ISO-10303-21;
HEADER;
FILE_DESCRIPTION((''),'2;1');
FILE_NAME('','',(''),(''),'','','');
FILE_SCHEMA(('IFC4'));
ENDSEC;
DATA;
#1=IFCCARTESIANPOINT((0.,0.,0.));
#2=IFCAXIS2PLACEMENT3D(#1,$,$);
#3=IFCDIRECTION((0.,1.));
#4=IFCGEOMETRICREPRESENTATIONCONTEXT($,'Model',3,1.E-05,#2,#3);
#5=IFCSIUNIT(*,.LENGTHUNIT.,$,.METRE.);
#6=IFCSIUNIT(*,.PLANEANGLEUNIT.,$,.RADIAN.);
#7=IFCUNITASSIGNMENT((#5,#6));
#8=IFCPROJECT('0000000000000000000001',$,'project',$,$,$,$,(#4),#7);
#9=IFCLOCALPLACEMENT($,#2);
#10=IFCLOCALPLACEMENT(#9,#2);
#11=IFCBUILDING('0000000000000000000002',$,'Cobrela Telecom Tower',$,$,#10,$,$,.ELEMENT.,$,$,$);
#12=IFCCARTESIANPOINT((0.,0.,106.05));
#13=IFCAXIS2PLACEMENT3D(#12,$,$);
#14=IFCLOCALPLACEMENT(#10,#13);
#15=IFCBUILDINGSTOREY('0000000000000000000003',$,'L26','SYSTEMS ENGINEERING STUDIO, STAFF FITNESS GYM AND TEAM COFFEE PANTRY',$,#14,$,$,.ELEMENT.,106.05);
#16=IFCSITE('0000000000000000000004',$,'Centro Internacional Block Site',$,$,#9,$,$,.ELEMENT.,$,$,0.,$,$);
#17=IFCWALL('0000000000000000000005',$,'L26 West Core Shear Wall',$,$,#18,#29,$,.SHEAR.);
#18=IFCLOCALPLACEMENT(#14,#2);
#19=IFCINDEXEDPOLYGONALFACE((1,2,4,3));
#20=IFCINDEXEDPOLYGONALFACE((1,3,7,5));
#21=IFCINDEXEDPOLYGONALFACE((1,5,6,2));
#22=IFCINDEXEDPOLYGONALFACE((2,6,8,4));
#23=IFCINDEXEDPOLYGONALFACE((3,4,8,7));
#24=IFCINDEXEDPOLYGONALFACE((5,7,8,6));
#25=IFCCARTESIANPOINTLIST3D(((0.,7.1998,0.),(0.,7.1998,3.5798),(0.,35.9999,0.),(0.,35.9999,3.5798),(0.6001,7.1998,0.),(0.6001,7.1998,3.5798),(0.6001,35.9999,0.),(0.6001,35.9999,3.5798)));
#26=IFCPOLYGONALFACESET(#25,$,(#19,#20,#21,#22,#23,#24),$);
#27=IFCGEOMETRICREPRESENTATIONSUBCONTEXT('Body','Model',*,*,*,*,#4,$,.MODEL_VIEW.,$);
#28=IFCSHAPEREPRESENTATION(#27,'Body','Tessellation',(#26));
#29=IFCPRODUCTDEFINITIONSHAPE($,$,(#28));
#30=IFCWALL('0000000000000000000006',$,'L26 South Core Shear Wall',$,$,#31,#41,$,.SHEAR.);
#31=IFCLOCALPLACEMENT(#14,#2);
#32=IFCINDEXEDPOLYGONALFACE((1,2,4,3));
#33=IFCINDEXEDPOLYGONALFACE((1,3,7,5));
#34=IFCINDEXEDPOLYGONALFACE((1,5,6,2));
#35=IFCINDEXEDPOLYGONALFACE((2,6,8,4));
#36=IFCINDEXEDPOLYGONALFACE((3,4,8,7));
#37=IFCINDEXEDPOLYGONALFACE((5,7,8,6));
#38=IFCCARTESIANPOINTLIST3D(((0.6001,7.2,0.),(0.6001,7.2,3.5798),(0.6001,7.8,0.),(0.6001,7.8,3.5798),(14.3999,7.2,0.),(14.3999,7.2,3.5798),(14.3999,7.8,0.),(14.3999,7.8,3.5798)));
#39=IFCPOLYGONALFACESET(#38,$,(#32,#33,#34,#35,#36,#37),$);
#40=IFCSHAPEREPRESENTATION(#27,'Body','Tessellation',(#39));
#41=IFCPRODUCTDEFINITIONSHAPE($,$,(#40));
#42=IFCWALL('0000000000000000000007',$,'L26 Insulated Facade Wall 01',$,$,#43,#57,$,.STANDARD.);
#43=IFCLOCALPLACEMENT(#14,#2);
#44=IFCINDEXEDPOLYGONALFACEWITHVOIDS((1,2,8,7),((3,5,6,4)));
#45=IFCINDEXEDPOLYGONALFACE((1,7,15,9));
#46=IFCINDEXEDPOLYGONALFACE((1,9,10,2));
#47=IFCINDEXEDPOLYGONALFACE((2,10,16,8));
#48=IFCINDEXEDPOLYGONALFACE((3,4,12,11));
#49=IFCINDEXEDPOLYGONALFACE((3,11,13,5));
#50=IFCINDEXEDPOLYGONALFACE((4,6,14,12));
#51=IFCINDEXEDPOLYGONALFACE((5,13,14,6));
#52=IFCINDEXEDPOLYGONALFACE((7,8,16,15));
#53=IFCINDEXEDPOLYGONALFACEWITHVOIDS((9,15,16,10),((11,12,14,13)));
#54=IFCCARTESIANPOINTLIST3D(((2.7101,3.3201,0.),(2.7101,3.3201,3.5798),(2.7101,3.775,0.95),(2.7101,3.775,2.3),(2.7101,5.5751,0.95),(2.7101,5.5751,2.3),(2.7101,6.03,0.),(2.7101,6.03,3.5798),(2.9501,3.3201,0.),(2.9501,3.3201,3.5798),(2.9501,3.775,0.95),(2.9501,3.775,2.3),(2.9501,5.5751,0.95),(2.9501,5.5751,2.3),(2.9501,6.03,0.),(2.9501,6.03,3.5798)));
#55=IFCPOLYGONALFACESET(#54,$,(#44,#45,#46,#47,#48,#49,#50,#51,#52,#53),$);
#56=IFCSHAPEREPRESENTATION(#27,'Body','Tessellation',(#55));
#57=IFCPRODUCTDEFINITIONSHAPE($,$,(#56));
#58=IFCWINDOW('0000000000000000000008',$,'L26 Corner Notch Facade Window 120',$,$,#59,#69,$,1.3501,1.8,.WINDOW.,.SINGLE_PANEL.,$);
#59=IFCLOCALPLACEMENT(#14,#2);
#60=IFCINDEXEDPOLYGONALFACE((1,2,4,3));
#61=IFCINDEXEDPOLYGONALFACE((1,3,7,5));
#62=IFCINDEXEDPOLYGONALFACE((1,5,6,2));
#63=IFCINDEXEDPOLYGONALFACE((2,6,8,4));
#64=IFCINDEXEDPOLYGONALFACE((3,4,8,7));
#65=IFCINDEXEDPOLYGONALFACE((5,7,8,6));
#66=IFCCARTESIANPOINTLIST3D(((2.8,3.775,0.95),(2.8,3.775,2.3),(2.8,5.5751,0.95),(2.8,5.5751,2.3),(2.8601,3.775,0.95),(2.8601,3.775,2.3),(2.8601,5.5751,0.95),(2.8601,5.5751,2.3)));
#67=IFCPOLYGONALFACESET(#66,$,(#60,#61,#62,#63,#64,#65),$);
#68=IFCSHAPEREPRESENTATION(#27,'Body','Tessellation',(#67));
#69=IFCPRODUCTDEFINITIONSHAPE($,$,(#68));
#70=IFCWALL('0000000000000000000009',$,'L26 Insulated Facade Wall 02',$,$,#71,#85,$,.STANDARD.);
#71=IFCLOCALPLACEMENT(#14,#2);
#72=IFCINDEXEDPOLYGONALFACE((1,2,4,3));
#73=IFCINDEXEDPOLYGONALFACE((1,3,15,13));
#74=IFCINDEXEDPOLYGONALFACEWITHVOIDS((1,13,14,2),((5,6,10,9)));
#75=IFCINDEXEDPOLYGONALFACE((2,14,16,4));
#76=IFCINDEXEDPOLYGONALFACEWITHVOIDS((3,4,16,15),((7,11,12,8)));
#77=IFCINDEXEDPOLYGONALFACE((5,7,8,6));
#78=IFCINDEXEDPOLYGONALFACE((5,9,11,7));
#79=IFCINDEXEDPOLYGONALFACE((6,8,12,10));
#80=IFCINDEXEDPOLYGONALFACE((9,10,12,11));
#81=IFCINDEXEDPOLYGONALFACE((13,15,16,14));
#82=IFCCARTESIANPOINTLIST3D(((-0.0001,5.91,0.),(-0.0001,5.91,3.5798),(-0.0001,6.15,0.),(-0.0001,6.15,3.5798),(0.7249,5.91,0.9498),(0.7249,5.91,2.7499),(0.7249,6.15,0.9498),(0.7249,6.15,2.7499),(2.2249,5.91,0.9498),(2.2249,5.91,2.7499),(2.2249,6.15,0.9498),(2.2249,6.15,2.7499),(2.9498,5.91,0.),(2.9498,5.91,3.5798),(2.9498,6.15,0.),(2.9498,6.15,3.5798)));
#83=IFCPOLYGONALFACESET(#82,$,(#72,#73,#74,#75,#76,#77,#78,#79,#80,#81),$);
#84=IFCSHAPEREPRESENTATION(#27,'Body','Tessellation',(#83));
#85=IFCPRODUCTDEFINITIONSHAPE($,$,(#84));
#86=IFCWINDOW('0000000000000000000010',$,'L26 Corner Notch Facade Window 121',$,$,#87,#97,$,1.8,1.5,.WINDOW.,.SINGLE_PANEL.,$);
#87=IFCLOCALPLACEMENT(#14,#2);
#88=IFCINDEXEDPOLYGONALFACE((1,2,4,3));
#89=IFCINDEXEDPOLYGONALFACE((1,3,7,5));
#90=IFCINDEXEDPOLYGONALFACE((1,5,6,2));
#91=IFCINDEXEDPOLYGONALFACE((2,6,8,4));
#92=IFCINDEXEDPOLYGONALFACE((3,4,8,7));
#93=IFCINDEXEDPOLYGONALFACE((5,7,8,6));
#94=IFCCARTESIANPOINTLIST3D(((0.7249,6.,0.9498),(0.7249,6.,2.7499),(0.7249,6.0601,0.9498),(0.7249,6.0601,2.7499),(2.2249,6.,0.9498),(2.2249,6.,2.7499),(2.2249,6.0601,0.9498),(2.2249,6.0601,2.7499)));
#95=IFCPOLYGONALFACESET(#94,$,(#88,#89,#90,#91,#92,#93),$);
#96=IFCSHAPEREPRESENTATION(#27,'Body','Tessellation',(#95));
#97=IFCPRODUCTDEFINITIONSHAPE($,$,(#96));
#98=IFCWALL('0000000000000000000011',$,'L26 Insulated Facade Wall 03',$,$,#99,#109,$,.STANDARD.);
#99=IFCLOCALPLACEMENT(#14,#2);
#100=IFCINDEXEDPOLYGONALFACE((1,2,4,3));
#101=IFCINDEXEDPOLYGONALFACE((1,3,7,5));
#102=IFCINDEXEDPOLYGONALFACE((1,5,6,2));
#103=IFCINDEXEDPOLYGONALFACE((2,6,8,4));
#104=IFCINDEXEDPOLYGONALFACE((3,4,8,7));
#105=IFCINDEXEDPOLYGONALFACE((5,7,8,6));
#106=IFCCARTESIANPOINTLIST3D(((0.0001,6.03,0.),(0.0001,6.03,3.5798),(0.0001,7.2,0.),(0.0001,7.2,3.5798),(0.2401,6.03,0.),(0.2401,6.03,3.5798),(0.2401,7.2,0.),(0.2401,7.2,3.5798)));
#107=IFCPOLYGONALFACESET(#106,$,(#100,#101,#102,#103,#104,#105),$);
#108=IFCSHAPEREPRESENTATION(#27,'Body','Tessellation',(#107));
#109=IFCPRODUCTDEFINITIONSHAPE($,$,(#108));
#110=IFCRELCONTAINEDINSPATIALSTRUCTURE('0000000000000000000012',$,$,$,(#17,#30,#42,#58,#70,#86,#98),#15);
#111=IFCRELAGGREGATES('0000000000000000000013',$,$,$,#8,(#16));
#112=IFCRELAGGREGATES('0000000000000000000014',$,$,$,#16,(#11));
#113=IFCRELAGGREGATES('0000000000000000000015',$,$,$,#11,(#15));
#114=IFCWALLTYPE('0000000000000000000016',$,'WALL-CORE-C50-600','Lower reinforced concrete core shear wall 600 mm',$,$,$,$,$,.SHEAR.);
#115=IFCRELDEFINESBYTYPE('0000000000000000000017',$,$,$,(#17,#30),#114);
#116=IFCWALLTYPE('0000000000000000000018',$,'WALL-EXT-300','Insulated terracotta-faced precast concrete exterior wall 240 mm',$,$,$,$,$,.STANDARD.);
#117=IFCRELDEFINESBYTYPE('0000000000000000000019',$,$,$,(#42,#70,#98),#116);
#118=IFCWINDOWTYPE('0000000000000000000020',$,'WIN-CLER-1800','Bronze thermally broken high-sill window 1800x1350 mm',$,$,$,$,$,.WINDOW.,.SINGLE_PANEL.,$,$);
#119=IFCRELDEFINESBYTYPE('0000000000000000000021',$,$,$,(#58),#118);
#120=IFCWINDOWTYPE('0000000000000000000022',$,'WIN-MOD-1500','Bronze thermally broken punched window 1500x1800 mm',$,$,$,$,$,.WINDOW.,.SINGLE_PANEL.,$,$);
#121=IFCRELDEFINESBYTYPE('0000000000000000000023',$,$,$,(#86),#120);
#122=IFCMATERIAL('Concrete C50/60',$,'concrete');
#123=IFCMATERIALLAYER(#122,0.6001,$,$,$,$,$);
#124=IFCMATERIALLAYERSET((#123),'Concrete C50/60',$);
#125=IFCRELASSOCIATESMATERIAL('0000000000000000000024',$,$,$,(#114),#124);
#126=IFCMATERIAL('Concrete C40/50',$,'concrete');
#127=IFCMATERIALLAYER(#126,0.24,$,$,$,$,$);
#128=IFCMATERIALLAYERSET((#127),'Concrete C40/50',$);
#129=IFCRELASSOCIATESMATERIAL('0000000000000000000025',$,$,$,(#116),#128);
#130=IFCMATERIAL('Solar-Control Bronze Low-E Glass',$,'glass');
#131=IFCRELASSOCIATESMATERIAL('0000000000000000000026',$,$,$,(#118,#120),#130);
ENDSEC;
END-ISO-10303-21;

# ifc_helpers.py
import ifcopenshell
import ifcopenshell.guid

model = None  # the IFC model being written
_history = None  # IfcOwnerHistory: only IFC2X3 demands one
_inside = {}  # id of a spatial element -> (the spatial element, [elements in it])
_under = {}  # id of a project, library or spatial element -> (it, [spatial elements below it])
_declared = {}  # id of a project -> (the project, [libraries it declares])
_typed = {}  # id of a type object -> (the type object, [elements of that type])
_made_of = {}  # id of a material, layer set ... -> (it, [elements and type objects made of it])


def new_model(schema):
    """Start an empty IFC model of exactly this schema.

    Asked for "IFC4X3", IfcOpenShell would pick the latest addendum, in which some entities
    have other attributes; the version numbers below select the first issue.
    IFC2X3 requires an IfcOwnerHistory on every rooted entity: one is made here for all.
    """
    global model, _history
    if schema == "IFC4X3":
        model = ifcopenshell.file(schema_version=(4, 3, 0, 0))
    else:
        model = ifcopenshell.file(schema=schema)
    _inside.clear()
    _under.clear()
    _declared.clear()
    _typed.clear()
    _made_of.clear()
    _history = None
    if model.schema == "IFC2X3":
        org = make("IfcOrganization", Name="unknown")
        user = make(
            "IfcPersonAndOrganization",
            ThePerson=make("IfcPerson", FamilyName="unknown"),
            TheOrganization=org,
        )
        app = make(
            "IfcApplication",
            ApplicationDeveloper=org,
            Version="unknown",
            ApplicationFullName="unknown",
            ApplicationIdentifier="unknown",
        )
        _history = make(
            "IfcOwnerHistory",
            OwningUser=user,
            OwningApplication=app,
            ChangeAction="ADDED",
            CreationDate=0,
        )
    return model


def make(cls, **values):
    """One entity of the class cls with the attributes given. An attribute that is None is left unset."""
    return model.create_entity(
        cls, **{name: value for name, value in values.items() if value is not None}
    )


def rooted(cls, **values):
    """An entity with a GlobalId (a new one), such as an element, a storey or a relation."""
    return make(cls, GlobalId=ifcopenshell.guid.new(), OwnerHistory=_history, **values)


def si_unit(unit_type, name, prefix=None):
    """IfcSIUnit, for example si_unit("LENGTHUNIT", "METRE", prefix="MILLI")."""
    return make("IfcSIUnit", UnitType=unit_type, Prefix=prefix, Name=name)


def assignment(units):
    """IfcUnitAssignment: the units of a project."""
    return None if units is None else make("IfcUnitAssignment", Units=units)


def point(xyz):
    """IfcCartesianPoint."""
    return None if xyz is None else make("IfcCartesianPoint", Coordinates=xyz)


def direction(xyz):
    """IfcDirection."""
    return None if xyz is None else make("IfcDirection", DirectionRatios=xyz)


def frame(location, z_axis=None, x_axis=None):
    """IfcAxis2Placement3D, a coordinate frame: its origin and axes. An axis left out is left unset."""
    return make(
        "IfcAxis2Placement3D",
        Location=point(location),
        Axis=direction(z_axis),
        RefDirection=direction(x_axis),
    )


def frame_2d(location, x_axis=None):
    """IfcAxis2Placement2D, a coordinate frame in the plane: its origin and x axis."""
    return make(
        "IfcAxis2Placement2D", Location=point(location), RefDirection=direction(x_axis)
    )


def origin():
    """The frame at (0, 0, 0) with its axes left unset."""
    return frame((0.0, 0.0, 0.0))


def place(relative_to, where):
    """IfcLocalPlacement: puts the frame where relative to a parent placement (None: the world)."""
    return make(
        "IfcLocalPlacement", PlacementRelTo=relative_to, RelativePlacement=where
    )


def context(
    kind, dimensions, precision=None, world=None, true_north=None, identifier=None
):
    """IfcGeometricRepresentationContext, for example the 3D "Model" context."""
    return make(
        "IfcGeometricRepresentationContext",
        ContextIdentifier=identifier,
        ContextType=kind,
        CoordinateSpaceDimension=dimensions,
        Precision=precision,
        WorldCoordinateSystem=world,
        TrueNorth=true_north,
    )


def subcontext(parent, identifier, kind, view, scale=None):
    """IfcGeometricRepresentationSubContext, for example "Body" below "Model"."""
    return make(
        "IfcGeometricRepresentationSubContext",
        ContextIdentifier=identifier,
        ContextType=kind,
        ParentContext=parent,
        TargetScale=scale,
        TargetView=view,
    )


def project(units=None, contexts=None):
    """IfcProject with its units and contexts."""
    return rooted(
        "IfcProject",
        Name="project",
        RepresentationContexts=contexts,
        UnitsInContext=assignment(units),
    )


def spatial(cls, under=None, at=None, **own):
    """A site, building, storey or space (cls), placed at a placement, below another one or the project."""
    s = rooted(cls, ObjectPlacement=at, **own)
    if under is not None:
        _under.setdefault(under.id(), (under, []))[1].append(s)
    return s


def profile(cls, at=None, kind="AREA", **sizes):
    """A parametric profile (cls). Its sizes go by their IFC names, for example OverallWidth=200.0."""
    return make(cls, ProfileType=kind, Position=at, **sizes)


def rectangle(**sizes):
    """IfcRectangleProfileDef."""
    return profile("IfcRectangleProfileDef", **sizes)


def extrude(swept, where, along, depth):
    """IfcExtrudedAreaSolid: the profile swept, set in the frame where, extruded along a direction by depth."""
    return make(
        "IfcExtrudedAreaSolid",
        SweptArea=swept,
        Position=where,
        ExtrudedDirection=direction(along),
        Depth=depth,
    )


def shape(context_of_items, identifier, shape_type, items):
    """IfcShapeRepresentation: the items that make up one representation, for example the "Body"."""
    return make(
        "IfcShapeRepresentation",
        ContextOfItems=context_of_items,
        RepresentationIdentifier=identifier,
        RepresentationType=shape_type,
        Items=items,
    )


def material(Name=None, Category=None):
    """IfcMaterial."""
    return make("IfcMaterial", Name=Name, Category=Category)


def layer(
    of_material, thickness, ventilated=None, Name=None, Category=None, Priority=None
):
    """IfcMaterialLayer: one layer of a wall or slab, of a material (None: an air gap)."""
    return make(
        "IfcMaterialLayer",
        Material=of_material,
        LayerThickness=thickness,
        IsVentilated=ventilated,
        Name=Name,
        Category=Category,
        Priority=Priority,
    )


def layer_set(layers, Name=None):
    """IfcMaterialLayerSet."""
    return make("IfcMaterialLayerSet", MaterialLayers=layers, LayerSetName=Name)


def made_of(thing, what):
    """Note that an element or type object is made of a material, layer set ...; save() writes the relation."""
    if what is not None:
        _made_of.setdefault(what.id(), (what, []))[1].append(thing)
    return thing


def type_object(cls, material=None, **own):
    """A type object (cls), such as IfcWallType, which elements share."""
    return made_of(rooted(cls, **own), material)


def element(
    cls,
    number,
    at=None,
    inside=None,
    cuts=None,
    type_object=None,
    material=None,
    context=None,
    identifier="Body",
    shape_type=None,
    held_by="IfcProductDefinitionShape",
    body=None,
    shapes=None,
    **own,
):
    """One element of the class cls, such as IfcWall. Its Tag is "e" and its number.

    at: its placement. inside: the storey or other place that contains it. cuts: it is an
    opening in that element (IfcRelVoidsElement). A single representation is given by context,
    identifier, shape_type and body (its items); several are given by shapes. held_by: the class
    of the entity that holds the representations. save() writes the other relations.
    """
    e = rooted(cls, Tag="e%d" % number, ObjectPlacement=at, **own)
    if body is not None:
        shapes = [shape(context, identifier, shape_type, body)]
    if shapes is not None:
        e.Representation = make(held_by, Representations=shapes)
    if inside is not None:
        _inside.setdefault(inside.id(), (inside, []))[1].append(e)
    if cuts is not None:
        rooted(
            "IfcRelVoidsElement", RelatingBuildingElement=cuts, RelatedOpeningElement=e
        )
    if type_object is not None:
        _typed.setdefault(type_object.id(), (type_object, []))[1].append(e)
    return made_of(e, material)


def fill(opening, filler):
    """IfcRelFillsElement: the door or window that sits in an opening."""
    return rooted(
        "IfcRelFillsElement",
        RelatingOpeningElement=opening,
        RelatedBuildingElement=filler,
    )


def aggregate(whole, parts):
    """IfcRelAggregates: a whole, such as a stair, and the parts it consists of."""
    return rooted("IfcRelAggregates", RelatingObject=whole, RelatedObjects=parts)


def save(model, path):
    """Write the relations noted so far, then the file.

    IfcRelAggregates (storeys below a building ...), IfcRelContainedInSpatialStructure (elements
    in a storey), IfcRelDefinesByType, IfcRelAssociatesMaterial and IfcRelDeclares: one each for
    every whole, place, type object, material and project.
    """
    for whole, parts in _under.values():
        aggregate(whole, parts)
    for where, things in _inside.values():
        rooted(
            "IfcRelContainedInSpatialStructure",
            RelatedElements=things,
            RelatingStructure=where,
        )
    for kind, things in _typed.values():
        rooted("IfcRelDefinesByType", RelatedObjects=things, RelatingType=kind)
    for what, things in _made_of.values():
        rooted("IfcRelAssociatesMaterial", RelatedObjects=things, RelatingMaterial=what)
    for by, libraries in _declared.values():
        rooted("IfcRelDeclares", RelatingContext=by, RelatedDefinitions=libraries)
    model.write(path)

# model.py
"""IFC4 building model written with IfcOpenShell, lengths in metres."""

from ifc_helpers import new_model, si_unit, direction, frame, frame_2d, origin, place, context, subcontext, project, spatial, rectangle, extrude, material, layer, layer_set, type_object, element, fill, save


model = new_model("IFC4")

# Units and contexts
model_context = context("Model", 3, precision=1e-05, world=origin(), true_north=direction((0.0, 1.0)))
body_context = subcontext(model_context, "Body", "Model", "MODEL_VIEW")
ifc_project = project(units=[si_unit("LENGTHUNIT", "METRE"), si_unit("PLANEANGLEUNIT", "RADIAN")], contexts=[model_context])

# Site, building, storey
site_placement = place(None, origin())
site = spatial("IfcSite", under=ifc_project, at=site_placement, Name="Centro Internacional Block Site", CompositionType="ELEMENT", RefElevation=0.0)
building_placement = place(site_placement, origin())
building = spatial("IfcBuilding", under=site, at=building_placement, Name="Cobrela Telecom Tower", CompositionType="ELEMENT")
storey_placement = place(building_placement, frame((0.0, 0.0, 106.05)))
storey = spatial("IfcBuildingStorey", under=building, at=storey_placement, Name="L26", Description="SYSTEMS ENGINEERING STUDIO, STAFF FITNESS GYM AND TEAM COFFEE PANTRY", CompositionType="ELEMENT", Elevation=106.05)

# Shared definitions
ifc_material_1 = material(Name="Solar-Control Bronze Low-E Glass", Category="glass")

# Shared definitions
ifc_material_2 = material(Name="Concrete C40/50", Category="concrete")

# Walls
ifc_material_3 = material(Name="Concrete C50/60", Category="concrete")
ifc_layer_1 = layer(ifc_material_3, 0.6001)
ifc_layer_set_1 = layer_set([ifc_layer_1], Name="Concrete C50/60")
wall_type_1 = type_object("IfcWallType", Name="WALL-CORE-C50-600", Description="Lower reinforced concrete core shear wall 600 mm", PredefinedType="SHEAR", material=ifc_layer_set_1)
wall_1_placement = place(storey_placement, frame((0.3, 7.2, 0.0), z_axis=(0.0, 0.0, 1.0), x_axis=(0.0, 1.0, 0.0)))
element("IfcWall", 1, at=wall_1_placement, inside=storey, type_object=wall_type_1, Name="L26 West Core Shear Wall", PredefinedType="SHEAR", context=body_context, shape_type="SweptSolid", body=[
    extrude(rectangle(XDim=28.8, YDim=0.6001, at=frame_2d((14.3999, 0.0))), origin(), (0.0, 0.0, 1.0), 3.5798),
])
wall_2_placement = place(storey_placement, frame((0.6001, 7.5, 0.0), z_axis=(0.0, 0.0, 1.0), x_axis=(1.0, 0.0, 0.0)))
element("IfcWall", 2, at=wall_2_placement, inside=storey, type_object=wall_type_1, Name="L26 South Core Shear Wall", PredefinedType="SHEAR", context=body_context, shape_type="SweptSolid", body=[
    extrude(rectangle(XDim=13.7998, YDim=0.6001, at=frame_2d((6.8999, 0.0))), origin(), (0.0, 0.0, 1.0), 3.5798),
])

# Walls, openings, windows
ifc_layer_2 = layer(ifc_material_2, 0.24)
ifc_layer_set_2 = layer_set([ifc_layer_2], Name="Concrete C40/50")
wall_type_2 = type_object("IfcWallType", Name="WALL-EXT-300", Description="Insulated terracotta-faced precast concrete exterior wall 240 mm", PredefinedType="STANDARD", material=ifc_layer_set_2)
wall_3_placement = place(storey_placement, frame((2.8301, 3.3201, 0.0), z_axis=(0.0, 0.0, 1.0), x_axis=(0.0, 1.0, 0.0)))
wall_3 = element("IfcWall", 3, at=wall_3_placement, inside=storey, type_object=wall_type_2, Name="L26 Insulated Facade Wall 01", PredefinedType="STANDARD", context=body_context, shape_type="SweptSolid", body=[
    extrude(rectangle(XDim=2.71, YDim=0.24, at=frame_2d((1.355, 0.0))), origin(), (0.0, 0.0, 1.0), 3.5798),
])
opening_1_placement = place(wall_3_placement, frame((0.4551, 0.0, 0.95)))
opening_1 = element("IfcOpeningElement", 4, at=opening_1_placement, cuts=wall_3, PredefinedType="OPENING", context=body_context, shape_type="SweptSolid", body=[
    extrude(rectangle(XDim=1.8, YDim=1.3501, at=frame_2d((0.8999, 0.675))), frame((0.0, 0.1318, 0.0), z_axis=(0.0, -1.0, 0.0), x_axis=(1.0, 0.0, 0.0)), (0.0, 0.0, 1.0), 0.2639),
])
window_type_1 = type_object("IfcWindowType", Name="WIN-CLER-1800", Description="Bronze thermally broken high-sill window 1800x1350 mm", PartitioningType="SINGLE_PANEL", PredefinedType="WINDOW", material=ifc_material_1)
window_1_placement = place(opening_1_placement, origin())
window_1 = element("IfcWindow", 5, at=window_1_placement, inside=storey, type_object=window_type_1, Name="L26 Corner Notch Facade Window 120", OverallHeight=1.3501, OverallWidth=1.8, PartitioningType="SINGLE_PANEL", PredefinedType="WINDOW", context=body_context, shape_type="SweptSolid", body=[
    extrude(rectangle(XDim=1.8, YDim=1.3501, at=frame_2d((0.8999, 0.675))), frame((0.0, 0.03, 0.0), z_axis=(0.0, -1.0, 0.0), x_axis=(1.0, 0.0, 0.0)), (0.0, 0.0, 1.0), 0.0601),
])
fill(opening_1, window_1)
wall_4_placement = place(storey_placement, frame((2.95, 6.03, 0.0), z_axis=(0.0, 0.0, 1.0), x_axis=(-1.0, 0.0, 0.0)))
wall_4 = element("IfcWall", 6, at=wall_4_placement, inside=storey, type_object=wall_type_2, Name="L26 Insulated Facade Wall 02", PredefinedType="STANDARD", context=body_context, shape_type="SweptSolid", body=[
    extrude(rectangle(XDim=2.95, YDim=0.24, at=frame_2d((1.4751, 0.0))), origin(), (0.0, 0.0, 1.0), 3.5798),
])
opening_2_placement = place(wall_4_placement, frame((0.7251, 0.0, 0.95)))
opening_2 = element("IfcOpeningElement", 7, at=opening_2_placement, cuts=wall_4, PredefinedType="OPENING", context=body_context, shape_type="SweptSolid", body=[
    extrude(rectangle(XDim=1.5, YDim=1.8, at=frame_2d((0.75, 0.8999))), frame((0.0, 0.1318, 0.0), z_axis=(0.0, -1.0, 0.0), x_axis=(1.0, 0.0, 0.0)), (0.0, 0.0, 1.0), 0.2639),
])
window_type_2 = type_object("IfcWindowType", Name="WIN-MOD-1500", Description="Bronze thermally broken punched window 1500x1800 mm", PartitioningType="SINGLE_PANEL", PredefinedType="WINDOW", material=ifc_material_1)
window_2_placement = place(opening_2_placement, origin())
window_2 = element("IfcWindow", 8, at=window_2_placement, inside=storey, type_object=window_type_2, Name="L26 Corner Notch Facade Window 121", OverallHeight=1.8, OverallWidth=1.5, PartitioningType="SINGLE_PANEL", PredefinedType="WINDOW", context=body_context, shape_type="SweptSolid", body=[
    extrude(rectangle(XDim=1.5, YDim=1.8, at=frame_2d((0.75, 0.8999))), frame((0.0, 0.03, 0.0), z_axis=(0.0, -1.0, 0.0), x_axis=(1.0, 0.0, 0.0)), (0.0, 0.0, 1.0), 0.0601),
])
fill(opening_2, window_2)

# Wall
wall_5_placement = place(storey_placement, frame((0.1201, 6.03, 0.0), z_axis=(0.0, 0.0, 1.0), x_axis=(0.0, 1.0, 0.0)))
element("IfcWall", 9, at=wall_5_placement, inside=storey, type_object=wall_type_2, Name="L26 Insulated Facade Wall 03", PredefinedType="STANDARD", context=body_context, shape_type="SweptSolid", body=[
    extrude(rectangle(XDim=1.1699, YDim=0.24, at=frame_2d((0.585, 0.0))), origin(), (0.0, 0.0, 1.0), 3.5798),
])

save(model, "model.ifc")
